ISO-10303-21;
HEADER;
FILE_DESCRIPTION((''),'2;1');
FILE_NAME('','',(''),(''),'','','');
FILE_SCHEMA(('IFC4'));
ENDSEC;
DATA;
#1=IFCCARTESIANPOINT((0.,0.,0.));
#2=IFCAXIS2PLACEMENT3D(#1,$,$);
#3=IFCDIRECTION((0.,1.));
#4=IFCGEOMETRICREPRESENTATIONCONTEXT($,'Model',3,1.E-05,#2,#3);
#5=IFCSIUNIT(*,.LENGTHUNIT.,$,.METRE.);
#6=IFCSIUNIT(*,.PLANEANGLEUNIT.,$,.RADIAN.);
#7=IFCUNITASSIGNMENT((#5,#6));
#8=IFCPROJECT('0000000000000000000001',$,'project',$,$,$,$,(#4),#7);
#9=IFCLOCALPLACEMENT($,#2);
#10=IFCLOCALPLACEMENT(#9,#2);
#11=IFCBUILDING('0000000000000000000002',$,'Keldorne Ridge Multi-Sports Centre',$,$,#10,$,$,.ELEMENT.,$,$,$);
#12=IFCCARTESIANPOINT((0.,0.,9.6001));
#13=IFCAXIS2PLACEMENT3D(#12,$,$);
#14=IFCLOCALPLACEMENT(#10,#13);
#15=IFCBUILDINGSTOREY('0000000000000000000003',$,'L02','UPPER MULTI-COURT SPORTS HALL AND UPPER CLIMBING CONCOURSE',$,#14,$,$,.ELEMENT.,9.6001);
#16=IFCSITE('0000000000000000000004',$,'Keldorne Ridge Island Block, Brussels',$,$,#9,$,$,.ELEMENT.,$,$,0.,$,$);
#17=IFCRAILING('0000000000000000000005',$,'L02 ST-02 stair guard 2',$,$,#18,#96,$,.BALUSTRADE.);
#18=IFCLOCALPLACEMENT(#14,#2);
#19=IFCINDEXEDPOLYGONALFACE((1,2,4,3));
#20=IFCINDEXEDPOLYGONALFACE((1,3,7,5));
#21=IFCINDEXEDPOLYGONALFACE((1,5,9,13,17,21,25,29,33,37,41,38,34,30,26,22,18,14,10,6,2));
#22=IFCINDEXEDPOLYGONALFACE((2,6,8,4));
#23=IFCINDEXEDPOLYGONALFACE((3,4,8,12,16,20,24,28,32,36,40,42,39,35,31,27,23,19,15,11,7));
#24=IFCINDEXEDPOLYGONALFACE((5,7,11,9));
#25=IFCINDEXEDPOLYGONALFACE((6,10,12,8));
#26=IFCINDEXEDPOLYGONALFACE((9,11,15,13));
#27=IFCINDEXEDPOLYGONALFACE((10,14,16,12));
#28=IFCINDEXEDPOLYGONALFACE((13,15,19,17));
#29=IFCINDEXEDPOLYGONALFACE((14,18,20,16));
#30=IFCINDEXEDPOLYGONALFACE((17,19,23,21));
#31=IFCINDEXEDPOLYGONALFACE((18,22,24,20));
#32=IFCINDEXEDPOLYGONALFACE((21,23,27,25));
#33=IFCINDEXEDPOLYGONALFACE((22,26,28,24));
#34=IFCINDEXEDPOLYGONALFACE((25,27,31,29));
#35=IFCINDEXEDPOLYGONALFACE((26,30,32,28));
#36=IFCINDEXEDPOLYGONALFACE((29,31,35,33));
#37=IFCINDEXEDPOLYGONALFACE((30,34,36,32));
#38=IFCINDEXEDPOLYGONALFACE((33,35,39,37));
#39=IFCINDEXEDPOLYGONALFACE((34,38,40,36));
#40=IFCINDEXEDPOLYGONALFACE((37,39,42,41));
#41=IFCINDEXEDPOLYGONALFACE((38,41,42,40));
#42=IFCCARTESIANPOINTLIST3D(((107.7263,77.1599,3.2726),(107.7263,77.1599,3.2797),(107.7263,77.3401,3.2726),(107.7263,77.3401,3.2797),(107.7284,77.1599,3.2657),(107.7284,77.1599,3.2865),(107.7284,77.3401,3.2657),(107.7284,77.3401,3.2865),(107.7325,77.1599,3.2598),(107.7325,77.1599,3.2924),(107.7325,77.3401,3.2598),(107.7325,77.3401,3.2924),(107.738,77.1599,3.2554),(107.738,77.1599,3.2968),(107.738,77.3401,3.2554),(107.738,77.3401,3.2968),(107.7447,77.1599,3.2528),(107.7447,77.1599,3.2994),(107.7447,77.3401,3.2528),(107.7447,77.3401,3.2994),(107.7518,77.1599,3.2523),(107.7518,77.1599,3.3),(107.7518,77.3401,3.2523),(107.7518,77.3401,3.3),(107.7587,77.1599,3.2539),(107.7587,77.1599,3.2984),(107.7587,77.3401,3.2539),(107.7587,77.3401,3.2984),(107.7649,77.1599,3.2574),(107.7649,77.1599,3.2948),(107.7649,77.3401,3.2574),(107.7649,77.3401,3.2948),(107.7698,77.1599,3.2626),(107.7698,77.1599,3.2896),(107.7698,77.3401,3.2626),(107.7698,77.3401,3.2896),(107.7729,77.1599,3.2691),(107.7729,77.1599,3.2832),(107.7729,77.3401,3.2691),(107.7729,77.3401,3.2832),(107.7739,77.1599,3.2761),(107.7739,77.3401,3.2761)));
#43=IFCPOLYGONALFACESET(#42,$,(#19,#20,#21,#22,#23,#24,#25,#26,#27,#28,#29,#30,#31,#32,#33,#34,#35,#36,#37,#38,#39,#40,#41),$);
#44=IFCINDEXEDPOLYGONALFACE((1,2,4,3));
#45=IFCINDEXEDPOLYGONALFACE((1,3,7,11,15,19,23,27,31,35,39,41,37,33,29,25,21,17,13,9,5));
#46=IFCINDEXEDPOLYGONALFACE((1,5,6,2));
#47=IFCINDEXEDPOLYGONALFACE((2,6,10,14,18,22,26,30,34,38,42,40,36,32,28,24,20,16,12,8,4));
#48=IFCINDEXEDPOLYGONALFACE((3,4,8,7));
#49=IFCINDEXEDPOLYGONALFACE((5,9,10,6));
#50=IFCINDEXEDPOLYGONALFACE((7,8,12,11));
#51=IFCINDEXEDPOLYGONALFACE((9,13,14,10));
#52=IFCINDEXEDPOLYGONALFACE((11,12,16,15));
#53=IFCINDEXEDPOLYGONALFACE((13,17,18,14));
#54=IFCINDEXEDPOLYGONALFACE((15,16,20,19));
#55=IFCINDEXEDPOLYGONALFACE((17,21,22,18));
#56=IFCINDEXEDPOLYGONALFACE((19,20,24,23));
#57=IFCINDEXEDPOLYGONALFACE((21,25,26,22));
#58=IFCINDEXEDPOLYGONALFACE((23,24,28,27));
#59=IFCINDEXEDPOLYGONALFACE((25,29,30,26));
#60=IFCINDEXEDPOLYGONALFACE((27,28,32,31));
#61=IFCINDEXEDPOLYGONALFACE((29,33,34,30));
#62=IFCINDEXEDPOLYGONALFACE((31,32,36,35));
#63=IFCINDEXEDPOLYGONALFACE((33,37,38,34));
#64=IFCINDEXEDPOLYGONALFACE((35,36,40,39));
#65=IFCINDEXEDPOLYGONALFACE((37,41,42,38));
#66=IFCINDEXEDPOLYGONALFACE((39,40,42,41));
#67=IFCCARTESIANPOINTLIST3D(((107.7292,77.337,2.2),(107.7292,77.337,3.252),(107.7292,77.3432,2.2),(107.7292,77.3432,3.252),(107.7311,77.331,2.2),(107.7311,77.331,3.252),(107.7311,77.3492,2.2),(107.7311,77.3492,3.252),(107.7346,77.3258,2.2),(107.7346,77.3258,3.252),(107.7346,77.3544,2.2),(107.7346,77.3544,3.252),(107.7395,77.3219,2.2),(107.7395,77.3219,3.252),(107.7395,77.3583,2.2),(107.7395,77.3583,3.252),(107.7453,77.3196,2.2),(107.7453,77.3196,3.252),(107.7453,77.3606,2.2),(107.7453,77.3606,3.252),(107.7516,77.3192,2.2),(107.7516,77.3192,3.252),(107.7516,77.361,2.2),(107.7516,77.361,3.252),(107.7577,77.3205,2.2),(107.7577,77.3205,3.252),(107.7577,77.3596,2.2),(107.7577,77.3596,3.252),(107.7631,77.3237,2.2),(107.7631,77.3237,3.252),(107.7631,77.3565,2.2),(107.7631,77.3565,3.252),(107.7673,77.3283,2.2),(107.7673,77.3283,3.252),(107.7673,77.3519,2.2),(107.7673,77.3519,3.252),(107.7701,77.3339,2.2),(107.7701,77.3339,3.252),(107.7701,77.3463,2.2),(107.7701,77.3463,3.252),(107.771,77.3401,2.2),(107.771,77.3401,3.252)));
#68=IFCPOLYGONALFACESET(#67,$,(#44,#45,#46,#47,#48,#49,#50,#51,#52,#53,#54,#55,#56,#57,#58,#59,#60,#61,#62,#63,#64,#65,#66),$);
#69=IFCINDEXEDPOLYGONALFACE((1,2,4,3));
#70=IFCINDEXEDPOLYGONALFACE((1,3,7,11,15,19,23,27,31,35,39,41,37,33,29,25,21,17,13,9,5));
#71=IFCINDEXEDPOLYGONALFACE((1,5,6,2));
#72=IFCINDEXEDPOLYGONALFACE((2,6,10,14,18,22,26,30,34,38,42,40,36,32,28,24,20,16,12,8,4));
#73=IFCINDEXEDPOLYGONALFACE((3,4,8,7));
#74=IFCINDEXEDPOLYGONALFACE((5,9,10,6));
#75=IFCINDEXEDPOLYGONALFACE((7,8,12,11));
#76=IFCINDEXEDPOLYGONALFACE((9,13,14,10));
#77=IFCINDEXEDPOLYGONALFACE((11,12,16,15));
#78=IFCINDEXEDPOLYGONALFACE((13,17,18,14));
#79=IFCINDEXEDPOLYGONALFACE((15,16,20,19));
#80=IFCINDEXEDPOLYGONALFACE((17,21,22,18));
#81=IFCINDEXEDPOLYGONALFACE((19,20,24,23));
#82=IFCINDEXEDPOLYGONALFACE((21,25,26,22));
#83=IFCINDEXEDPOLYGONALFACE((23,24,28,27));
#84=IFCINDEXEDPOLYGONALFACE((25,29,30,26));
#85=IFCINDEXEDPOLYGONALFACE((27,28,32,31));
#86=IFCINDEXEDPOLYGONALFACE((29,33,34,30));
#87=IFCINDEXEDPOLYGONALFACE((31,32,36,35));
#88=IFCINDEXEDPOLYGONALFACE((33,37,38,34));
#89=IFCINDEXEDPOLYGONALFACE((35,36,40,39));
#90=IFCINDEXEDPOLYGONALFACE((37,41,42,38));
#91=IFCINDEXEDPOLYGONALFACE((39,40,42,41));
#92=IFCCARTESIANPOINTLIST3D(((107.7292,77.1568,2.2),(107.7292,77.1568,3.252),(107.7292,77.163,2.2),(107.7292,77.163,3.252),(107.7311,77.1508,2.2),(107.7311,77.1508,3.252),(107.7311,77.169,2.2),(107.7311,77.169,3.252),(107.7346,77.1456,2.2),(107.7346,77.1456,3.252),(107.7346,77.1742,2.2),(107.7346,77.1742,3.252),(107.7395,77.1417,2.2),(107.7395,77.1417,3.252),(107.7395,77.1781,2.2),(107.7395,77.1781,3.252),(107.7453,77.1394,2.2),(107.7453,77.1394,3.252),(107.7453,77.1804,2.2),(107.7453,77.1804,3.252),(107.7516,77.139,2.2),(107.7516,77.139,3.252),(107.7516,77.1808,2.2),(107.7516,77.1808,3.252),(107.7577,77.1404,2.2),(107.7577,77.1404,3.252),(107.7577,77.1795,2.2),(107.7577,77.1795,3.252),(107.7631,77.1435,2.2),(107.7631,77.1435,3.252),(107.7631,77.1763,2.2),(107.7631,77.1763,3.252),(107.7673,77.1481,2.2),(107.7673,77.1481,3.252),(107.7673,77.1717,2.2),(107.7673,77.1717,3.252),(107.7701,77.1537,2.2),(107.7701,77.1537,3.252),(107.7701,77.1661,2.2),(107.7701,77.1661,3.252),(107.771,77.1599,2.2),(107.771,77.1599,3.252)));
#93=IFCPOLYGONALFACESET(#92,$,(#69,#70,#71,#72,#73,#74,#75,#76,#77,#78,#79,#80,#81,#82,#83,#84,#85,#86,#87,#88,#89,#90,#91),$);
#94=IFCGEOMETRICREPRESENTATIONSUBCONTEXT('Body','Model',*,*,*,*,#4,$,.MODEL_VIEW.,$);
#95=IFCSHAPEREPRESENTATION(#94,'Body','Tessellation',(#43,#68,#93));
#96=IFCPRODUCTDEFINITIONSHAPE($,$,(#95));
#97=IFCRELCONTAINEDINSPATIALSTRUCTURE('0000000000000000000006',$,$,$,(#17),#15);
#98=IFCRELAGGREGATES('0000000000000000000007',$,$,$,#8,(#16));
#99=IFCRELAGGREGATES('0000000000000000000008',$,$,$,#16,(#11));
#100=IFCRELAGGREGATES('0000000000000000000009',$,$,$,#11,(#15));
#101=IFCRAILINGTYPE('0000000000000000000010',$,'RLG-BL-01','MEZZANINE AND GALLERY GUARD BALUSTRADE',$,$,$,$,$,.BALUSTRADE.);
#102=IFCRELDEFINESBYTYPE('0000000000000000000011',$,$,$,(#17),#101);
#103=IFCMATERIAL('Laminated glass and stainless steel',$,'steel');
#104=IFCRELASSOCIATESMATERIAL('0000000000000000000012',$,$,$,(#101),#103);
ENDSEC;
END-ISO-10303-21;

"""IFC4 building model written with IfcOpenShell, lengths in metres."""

from ifc_helpers import new_model, si_unit, direction, frame, origin, origin_2d, place, context, subcontext, project, spatial, circle, extrude, material, type_object, element, save


model = new_model("IFC4")

# Units and contexts
model_context = context("Model", 3, precision=1e-05, world=origin(), true_north=direction((0.0, 1.0)))
body_context = subcontext(model_context, "Body", "Model", "MODEL_VIEW")
ifc_project = project(units=[si_unit("LENGTHUNIT", "METRE"), si_unit("PLANEANGLEUNIT", "RADIAN")], contexts=[model_context])

# Site, building, storey
site_placement = place(None, origin())
site = spatial("IfcSite", under=ifc_project, at=site_placement, Name="Keldorne Ridge Island Block, Brussels", CompositionType="ELEMENT", RefElevation=0.0)
building_placement = place(site_placement, origin())
building = spatial("IfcBuilding", under=site, at=building_placement, Name="Keldorne Ridge Multi-Sports Centre", CompositionType="ELEMENT")
storey_placement = place(building_placement, frame((0.0, 0.0, 9.6001)))
storey = spatial("IfcBuildingStorey", under=building, at=storey_placement, Name="L02", Description="UPPER MULTI-COURT SPORTS HALL AND UPPER CLIMBING CONCOURSE", CompositionType="ELEMENT", Elevation=9.6001)

# Railing
ifc_material_1 = material(Name="Laminated glass and stainless steel", Category="steel")
railing_type_1 = type_object("IfcRailingType", Name="RLG-BL-01", Description="MEZZANINE AND GALLERY GUARD BALUSTRADE", PredefinedType="BALUSTRADE", material=ifc_material_1)
railing_1_placement = place(storey_placement, frame((107.75, 77.3401, 2.2)))
element("IfcRailing", 1, at=railing_1_placement, inside=storey, type_object=railing_type_1, Name="L02 ST-02 stair guard 2", PredefinedType="BALUSTRADE", context=body_context, shape_type="SweptSolid", body=[
    extrude(circle(Radius=0.0239, at=origin_2d()), frame((0.0, 0.0, 1.0762), z_axis=(0.0, -1.0, 0.0), x_axis=(1.0, 0.0, 0.0)), (0.0, 0.0, 1.0), 0.1802),
    extrude(circle(Radius=0.021, at=origin_2d()), origin(), (0.0, 0.0, 1.0), 1.052),
    extrude(circle(Radius=0.021, at=origin_2d()), frame((0.0, -0.1802, 0.0)), (0.0, 0.0, 1.0), 1.052),
])

save(model, "model.ifc")
